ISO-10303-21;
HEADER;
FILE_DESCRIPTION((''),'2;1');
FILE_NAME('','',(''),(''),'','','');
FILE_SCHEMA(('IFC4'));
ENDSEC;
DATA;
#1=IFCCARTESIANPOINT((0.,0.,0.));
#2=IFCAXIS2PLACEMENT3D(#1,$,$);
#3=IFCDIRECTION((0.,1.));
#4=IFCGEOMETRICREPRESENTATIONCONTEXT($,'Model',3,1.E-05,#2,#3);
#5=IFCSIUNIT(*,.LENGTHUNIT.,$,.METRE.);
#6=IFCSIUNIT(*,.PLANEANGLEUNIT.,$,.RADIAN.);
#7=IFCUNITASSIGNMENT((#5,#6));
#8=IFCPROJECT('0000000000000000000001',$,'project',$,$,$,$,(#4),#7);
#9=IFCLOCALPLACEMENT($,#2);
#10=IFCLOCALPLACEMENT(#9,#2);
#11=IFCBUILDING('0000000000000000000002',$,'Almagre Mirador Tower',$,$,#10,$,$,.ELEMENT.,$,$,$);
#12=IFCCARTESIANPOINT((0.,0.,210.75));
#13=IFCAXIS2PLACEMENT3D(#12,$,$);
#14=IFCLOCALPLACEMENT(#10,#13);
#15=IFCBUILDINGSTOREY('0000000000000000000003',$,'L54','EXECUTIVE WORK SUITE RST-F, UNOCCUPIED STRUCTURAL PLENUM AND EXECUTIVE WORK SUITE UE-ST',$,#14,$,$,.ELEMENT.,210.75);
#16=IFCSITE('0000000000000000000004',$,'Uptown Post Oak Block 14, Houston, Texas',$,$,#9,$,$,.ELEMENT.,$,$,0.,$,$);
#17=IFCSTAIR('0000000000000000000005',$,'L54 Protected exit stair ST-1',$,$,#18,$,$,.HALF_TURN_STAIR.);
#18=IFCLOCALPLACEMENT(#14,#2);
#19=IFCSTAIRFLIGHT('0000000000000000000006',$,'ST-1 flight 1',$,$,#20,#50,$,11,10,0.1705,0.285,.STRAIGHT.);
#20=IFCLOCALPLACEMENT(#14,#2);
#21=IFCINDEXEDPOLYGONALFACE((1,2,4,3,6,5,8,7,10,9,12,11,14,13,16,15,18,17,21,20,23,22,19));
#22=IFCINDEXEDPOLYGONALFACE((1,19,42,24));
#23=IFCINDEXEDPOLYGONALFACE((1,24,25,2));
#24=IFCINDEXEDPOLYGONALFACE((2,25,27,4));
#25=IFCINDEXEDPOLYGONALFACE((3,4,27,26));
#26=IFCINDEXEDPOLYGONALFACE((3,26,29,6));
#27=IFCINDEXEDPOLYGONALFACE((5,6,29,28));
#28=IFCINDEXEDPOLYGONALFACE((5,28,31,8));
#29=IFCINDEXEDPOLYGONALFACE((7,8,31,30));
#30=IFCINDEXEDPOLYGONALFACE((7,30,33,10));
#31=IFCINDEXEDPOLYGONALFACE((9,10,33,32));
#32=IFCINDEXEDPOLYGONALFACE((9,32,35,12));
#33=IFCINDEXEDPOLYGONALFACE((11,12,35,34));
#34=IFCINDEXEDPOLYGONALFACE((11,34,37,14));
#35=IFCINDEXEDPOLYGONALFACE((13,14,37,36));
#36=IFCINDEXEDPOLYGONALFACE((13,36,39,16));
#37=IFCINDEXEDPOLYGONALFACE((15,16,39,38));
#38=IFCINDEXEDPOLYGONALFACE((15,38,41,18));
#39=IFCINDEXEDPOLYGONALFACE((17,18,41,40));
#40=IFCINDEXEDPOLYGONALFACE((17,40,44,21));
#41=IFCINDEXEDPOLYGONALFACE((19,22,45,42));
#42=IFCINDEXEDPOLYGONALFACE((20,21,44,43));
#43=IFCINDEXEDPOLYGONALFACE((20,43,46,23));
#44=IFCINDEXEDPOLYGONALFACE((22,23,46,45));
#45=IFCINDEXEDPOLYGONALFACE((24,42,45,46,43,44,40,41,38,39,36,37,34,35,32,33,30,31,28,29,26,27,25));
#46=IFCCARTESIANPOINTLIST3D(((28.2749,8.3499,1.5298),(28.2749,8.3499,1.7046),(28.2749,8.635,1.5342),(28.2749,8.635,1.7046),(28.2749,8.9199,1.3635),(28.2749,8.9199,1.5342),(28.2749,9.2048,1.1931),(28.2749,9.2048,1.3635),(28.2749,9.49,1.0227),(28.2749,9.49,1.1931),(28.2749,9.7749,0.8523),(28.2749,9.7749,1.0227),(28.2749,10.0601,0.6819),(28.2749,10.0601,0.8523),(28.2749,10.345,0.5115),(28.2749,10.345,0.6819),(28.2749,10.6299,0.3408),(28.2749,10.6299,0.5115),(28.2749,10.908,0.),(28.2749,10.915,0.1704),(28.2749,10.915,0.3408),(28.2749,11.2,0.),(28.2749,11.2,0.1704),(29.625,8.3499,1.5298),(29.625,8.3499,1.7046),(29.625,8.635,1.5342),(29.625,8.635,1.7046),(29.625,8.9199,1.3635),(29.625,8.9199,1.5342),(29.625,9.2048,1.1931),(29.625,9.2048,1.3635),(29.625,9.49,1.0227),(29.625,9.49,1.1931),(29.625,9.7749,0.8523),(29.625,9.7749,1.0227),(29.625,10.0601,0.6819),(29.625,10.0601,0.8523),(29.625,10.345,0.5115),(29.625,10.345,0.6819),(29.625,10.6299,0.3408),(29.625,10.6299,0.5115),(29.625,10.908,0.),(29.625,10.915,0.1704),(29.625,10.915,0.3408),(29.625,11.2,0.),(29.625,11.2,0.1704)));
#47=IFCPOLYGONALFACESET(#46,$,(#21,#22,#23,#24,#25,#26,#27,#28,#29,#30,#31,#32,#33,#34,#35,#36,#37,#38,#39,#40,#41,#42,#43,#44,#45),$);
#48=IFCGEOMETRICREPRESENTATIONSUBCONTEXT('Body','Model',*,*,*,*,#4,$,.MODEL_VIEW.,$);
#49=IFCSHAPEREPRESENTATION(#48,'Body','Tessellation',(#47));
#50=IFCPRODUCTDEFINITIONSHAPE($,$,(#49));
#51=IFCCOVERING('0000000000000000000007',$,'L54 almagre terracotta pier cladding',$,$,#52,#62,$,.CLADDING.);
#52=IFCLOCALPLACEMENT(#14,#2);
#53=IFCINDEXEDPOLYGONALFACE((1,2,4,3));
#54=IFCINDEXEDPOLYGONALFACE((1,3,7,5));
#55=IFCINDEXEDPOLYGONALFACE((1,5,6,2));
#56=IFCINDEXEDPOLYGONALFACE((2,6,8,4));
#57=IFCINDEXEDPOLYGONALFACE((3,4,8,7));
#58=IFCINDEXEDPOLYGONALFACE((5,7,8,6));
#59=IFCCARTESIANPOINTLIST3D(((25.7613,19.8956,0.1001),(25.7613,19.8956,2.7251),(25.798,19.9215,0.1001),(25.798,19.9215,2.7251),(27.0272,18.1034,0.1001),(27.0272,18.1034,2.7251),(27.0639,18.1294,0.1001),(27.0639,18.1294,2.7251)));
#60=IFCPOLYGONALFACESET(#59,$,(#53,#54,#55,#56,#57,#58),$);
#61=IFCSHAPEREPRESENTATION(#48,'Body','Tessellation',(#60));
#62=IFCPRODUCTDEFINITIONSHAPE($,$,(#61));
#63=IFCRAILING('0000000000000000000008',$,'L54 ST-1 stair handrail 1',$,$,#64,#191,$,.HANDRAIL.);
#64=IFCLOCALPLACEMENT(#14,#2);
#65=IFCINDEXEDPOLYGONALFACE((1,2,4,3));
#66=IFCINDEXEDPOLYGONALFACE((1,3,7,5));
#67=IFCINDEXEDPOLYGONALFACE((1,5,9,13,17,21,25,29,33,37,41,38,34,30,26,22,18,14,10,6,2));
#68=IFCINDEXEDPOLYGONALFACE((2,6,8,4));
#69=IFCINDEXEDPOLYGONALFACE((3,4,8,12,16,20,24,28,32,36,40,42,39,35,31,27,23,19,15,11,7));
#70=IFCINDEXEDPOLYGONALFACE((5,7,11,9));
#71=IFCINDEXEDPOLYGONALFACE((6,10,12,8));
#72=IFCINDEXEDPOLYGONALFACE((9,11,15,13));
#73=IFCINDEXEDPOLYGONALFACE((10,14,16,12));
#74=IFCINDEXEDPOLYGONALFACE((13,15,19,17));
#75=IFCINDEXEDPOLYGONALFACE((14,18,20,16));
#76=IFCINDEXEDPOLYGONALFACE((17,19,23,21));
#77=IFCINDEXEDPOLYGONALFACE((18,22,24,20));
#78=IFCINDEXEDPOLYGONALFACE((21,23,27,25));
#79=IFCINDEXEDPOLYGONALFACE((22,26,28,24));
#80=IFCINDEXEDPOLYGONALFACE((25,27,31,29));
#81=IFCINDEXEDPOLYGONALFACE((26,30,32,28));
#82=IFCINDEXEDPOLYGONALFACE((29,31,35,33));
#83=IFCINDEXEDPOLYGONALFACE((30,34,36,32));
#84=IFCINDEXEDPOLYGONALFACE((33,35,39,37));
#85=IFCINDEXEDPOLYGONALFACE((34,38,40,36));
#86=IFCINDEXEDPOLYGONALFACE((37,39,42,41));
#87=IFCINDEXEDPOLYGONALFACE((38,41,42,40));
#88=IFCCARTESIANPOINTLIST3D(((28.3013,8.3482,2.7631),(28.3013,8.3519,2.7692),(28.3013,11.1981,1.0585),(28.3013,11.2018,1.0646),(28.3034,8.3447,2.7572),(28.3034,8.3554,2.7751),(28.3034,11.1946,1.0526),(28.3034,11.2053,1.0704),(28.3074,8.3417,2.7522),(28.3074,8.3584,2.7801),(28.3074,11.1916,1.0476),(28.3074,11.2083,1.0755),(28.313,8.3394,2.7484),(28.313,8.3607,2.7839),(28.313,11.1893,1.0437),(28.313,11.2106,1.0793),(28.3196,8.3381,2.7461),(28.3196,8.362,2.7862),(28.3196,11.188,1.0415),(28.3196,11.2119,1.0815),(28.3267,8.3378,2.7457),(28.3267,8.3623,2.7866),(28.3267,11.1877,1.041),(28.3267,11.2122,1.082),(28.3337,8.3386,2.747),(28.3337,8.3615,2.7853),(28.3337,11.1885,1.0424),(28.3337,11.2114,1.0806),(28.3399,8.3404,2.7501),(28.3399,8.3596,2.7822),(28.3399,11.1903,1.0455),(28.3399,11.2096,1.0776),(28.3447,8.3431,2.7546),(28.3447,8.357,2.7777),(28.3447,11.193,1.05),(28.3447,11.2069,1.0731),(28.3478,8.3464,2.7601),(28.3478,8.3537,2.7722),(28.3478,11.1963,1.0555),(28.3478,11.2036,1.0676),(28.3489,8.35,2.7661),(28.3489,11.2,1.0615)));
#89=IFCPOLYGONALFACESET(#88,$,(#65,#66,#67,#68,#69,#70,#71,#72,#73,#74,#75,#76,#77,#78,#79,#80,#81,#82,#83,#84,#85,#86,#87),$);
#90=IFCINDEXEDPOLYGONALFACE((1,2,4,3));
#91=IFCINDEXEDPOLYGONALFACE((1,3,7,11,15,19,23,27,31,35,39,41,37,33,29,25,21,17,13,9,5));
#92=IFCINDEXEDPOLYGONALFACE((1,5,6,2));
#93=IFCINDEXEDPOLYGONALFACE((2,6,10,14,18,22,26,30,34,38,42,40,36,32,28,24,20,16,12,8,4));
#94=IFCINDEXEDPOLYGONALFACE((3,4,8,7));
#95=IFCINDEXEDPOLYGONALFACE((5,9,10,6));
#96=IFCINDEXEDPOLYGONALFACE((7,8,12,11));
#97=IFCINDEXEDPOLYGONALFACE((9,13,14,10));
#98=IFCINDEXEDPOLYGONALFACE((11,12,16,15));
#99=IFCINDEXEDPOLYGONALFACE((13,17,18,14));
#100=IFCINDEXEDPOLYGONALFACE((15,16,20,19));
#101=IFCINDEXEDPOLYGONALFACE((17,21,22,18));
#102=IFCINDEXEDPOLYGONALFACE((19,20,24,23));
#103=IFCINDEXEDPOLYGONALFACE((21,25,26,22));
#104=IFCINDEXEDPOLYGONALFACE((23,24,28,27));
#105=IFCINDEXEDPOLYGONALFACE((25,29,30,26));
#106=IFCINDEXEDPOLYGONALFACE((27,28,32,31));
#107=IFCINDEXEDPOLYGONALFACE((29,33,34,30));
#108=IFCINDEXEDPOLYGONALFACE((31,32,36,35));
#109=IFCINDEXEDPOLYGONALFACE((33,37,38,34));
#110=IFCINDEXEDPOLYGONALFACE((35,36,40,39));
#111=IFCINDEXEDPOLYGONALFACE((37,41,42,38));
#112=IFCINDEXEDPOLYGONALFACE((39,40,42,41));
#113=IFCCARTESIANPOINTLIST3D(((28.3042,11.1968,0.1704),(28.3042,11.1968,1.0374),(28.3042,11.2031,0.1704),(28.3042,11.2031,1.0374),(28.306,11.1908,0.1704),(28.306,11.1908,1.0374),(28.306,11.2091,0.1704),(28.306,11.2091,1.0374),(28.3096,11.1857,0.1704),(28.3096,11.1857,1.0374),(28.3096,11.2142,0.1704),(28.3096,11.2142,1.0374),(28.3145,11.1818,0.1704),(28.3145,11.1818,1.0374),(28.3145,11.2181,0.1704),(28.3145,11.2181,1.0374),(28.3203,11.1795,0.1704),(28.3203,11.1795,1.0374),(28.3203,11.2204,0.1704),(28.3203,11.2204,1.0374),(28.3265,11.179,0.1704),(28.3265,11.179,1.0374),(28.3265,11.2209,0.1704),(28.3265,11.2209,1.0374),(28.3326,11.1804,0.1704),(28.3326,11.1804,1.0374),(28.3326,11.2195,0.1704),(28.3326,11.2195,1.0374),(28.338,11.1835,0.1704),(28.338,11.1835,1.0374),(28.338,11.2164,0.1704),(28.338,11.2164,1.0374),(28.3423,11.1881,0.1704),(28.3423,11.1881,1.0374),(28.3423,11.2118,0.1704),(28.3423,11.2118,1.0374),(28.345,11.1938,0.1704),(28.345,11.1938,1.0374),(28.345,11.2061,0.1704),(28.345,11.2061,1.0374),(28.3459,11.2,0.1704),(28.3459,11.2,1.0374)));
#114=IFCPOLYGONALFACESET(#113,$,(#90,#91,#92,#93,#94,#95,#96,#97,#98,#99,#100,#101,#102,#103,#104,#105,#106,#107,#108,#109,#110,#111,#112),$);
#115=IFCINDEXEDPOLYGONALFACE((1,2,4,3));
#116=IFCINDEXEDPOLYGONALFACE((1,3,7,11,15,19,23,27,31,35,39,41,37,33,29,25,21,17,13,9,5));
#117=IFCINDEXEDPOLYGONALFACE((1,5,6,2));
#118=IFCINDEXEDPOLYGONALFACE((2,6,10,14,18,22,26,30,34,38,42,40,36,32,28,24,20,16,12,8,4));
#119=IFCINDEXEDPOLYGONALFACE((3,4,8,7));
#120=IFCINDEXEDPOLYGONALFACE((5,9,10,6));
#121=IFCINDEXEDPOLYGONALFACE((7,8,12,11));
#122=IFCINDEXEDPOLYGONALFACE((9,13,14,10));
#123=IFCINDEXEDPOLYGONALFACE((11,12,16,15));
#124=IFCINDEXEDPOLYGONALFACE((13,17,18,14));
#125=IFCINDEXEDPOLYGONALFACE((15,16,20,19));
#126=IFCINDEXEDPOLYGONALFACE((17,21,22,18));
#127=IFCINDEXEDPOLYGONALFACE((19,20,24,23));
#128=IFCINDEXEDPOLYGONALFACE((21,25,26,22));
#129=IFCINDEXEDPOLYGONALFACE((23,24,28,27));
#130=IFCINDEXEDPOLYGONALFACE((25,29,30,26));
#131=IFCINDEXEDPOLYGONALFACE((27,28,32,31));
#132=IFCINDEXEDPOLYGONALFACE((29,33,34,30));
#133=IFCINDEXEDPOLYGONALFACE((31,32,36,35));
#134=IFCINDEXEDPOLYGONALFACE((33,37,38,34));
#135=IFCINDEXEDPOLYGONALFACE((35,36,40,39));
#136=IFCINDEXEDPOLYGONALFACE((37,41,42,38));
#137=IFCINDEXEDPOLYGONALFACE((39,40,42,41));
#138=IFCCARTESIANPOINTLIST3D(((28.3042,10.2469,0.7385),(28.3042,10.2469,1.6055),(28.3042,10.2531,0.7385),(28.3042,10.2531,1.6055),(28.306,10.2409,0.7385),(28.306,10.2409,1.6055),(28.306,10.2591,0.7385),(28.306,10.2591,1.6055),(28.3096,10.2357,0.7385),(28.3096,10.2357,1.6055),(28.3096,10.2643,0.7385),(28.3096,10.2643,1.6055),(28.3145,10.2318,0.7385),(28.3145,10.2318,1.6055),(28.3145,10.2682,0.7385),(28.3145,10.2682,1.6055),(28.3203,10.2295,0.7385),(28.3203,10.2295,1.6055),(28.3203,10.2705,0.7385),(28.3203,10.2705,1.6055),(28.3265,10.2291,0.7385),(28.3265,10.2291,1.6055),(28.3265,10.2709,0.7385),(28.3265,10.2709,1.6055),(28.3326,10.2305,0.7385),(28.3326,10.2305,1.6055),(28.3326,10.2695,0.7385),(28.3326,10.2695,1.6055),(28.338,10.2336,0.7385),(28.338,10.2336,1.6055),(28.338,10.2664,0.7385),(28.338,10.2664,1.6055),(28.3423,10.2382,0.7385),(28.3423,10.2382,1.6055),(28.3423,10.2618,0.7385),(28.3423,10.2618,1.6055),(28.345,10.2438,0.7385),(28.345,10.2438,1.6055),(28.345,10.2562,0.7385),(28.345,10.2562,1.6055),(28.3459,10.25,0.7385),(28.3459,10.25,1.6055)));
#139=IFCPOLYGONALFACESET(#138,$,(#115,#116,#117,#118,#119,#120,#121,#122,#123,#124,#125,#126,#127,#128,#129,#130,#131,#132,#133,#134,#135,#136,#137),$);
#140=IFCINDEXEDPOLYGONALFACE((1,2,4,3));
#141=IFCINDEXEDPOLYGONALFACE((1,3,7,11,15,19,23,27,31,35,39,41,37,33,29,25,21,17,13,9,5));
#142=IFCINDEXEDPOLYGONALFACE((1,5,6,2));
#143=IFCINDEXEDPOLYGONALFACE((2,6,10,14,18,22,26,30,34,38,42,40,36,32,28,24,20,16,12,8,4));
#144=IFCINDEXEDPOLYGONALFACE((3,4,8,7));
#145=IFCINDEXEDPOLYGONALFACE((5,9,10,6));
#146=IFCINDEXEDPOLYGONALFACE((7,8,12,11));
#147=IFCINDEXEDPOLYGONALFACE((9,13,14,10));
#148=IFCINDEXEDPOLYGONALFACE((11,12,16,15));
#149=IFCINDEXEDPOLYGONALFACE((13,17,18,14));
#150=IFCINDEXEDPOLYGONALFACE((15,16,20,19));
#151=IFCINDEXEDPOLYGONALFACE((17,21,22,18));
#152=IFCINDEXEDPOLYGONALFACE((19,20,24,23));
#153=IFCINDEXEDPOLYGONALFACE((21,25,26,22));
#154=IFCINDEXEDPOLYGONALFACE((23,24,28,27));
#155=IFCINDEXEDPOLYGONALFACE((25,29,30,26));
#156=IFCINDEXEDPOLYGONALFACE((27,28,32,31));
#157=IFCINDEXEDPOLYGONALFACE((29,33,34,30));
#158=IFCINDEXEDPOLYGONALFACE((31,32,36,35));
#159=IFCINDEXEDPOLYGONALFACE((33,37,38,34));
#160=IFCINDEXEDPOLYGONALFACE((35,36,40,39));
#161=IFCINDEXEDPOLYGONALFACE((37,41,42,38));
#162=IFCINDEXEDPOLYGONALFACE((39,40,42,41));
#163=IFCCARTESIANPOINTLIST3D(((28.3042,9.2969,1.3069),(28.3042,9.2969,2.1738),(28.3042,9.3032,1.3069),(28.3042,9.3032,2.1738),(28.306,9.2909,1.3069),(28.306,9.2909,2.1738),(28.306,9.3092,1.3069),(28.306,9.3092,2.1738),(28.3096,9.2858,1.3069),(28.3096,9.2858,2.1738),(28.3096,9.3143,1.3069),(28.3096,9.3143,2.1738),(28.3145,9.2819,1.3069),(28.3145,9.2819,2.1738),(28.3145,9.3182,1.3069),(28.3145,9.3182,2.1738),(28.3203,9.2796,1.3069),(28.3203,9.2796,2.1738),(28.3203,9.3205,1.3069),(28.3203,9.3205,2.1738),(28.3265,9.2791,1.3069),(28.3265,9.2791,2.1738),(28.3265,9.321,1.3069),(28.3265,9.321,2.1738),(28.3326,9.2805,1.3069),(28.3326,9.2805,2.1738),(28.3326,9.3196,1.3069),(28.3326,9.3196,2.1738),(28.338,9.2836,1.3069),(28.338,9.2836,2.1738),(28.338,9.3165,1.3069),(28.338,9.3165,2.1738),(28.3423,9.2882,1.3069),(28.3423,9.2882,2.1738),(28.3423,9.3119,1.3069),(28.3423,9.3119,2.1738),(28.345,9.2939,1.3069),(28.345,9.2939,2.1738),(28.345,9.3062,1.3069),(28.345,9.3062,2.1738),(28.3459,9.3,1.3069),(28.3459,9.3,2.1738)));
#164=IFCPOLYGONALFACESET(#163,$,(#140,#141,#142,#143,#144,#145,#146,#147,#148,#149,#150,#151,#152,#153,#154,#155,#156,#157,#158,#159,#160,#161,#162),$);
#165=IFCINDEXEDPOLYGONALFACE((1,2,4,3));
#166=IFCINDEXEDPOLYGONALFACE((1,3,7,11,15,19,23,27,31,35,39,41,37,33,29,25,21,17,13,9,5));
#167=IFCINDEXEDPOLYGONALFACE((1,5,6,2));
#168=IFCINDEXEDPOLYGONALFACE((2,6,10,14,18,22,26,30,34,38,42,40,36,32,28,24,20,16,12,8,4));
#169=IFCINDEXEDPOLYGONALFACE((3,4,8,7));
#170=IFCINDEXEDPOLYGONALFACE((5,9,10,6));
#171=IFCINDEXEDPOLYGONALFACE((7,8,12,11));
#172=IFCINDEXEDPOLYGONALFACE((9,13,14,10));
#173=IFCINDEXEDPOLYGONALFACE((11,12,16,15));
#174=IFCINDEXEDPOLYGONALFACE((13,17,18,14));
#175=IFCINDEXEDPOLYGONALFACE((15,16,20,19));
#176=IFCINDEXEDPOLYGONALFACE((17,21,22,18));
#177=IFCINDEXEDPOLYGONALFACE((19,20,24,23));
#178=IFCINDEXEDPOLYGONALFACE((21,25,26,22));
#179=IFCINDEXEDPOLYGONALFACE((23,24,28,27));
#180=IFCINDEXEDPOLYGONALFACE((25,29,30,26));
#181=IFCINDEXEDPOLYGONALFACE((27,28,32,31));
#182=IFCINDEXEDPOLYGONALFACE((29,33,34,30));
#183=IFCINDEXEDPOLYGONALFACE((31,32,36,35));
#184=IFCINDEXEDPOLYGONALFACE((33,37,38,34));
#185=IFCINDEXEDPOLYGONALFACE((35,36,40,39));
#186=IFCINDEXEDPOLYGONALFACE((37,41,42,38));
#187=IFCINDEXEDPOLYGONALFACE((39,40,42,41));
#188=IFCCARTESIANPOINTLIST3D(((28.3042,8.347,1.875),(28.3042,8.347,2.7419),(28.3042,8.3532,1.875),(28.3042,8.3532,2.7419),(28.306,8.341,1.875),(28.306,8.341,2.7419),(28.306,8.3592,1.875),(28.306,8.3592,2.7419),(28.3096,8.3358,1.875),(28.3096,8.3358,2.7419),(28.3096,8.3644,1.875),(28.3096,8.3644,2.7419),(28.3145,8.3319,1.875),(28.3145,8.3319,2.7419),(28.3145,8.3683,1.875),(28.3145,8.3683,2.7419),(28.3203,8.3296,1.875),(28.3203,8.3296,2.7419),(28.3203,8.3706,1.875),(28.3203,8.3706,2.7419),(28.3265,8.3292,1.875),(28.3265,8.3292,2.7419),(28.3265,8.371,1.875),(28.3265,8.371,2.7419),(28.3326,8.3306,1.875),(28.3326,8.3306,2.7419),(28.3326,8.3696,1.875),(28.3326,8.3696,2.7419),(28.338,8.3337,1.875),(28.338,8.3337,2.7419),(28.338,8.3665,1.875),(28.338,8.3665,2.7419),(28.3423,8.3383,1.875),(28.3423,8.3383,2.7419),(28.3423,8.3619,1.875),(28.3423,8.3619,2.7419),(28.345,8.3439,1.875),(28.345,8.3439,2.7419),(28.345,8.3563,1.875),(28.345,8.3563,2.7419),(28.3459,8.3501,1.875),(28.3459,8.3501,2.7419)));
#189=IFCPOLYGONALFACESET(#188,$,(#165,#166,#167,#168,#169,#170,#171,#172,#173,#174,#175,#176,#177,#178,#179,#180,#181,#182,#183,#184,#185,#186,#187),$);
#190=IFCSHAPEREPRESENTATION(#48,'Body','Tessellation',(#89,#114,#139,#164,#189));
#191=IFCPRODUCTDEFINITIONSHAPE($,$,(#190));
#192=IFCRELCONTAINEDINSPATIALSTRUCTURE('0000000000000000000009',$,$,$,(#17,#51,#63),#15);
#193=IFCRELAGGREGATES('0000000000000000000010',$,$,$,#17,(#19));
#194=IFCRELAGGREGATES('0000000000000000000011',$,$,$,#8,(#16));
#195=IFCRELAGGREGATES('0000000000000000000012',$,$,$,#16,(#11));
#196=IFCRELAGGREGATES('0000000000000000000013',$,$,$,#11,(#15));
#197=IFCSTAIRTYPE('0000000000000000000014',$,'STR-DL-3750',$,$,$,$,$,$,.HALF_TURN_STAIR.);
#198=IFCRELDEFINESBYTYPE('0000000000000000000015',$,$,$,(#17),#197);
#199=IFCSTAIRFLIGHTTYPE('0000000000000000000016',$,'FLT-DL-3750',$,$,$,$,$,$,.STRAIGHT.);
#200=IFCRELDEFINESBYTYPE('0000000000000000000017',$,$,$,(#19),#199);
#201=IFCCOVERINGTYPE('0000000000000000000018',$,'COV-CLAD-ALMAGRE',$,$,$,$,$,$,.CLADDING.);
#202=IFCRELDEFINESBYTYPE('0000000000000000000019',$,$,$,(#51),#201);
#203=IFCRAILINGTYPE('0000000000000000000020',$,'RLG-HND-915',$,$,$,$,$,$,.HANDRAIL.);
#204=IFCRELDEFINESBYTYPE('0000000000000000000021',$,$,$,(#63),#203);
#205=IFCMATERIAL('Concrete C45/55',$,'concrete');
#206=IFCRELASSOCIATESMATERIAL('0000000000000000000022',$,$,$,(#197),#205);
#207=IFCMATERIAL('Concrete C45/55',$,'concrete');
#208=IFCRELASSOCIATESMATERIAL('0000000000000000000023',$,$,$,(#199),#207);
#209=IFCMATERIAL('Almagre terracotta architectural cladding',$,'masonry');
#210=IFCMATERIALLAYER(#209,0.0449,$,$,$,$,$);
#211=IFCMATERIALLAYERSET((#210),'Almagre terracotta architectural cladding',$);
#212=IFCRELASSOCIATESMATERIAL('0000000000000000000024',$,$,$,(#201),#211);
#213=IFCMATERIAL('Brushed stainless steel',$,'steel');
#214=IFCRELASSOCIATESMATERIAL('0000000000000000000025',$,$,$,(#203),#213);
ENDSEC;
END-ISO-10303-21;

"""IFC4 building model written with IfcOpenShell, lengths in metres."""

from ifc_helpers import new_model, si_unit, direction, frame, origin, origin_2d, place, context, subcontext, project, spatial, polyline, rectangle, circle, outline, extrude, material, layer, layer_set, type_object, element, aggregate, save


model = new_model("IFC4")

# Units and contexts
model_context = context("Model", 3, precision=1e-05, world=origin(), true_north=direction((0.0, 1.0)))
body_context = subcontext(model_context, "Body", "Model", "MODEL_VIEW")
ifc_project = project(units=[si_unit("LENGTHUNIT", "METRE"), si_unit("PLANEANGLEUNIT", "RADIAN")], contexts=[model_context])

# Site, building, storey
site_placement = place(None, origin())
site = spatial("IfcSite", under=ifc_project, at=site_placement, Name="Uptown Post Oak Block 14, Houston, Texas", CompositionType="ELEMENT", RefElevation=0.0)
building_placement = place(site_placement, origin())
building = spatial("IfcBuilding", under=site, at=building_placement, Name="Almagre Mirador Tower", CompositionType="ELEMENT")
storey_placement = place(building_placement, frame((0.0, 0.0, 210.75)))
storey = spatial("IfcBuildingStorey", under=building, at=storey_placement, Name="L54", Description="EXECUTIVE WORK SUITE RST-F, UNOCCUPIED STRUCTURAL PLENUM AND EXECUTIVE WORK SUITE UE-ST", CompositionType="ELEMENT", Elevation=210.75)

# Stair, stair flight
ifc_material_1 = material(Name="Concrete C45/55", Category="concrete")
stair_type = type_object("IfcStairType", Name="STR-DL-3750", PredefinedType="HALF_TURN_STAIR", material=ifc_material_1)
stair_placement = place(storey_placement, origin())
stair = element("IfcStair", 1, at=stair_placement, inside=storey, type_object=stair_type, Name="L54 Protected exit stair ST-1", PredefinedType="HALF_TURN_STAIR")
ifc_material_2 = material(Name="Concrete C45/55", Category="concrete")
stair_flight_type = type_object("IfcStairFlightType", Name="FLT-DL-3750", PredefinedType="STRAIGHT", material=ifc_material_2)
stair_flight_placement = place(storey_placement, frame((28.95, 11.2, 0.0), z_axis=(0.0, 0.0, 1.0), x_axis=(0.0, -1.0, 0.0)))
stair_flight = element("IfcStairFlight", 2, at=stair_flight_placement, type_object=stair_flight_type, Name="ST-1 flight 1", NumberOfRisers=11, NumberOfTreads=10, PredefinedType="STRAIGHT", RiserHeight=0.1705, TreadLength=0.285, context=body_context, shape_type="SweptSolid", body=[
    extrude(outline(polyline([(0.0, 0.0), (0.0, 0.1704), (0.2849, 0.1704), (0.2849, 0.3408), (0.5701, 0.3408), (0.5701, 0.5115), (0.855, 0.5115), (0.855, 0.6819), (1.1399, 0.6819), (1.1399, 0.8523), (1.425, 0.8523), (1.425, 1.0227), (1.71, 1.0227), (1.71, 1.1931), (1.9951, 1.1931), (1.9951, 1.3635), (2.28, 1.3635), (2.28, 1.5342), (2.5649, 1.5342), (2.5649, 1.7046), (2.8501, 1.7046), (2.8501, 1.875), (2.8501, 1.5298), (0.292, 0.0), (0.0, 0.0)])), frame((0.0, 0.675, 0.0), z_axis=(0.0, -1.0, 0.0), x_axis=(1.0, 0.0, 0.0)), (0.0, 0.0, 1.0), 1.3501),
])
aggregate(stair, [stair_flight])

# Covering
ifc_material_3 = material(Name="Almagre terracotta architectural cladding", Category="masonry")
ifc_layer_1 = layer(ifc_material_3, 0.0449)
ifc_layer_set_1 = layer_set([ifc_layer_1], Name="Almagre terracotta architectural cladding")
covering_type = type_object("IfcCoveringType", Name="COV-CLAD-ALMAGRE", PredefinedType="CLADDING", material=ifc_layer_set_1)
covering_placement = place(storey_placement, frame((26.4126, 19.0125, 0.1001), z_axis=(0.0, 0.0, 1.0), x_axis=(-0.576931, 0.816793, 0.0)))
element("IfcCovering", 3, at=covering_placement, inside=storey, type_object=covering_type, Name="L54 almagre terracotta pier cladding", PredefinedType="CLADDING", context=body_context, shape_type="SweptSolid", body=[
    extrude(rectangle(XDim=2.1941, YDim=0.0449, at=origin_2d()), origin(), (0.0, 0.0, 1.0), 2.625),
])

# Railing
ifc_material_4 = material(Name="Brushed stainless steel", Category="steel")
railing_type = type_object("IfcRailingType", Name="RLG-HND-915", PredefinedType="HANDRAIL", material=ifc_material_4)
railing_placement = place(storey_placement, frame((28.325, 11.2, 0.1704)))
element("IfcRailing", 4, at=railing_placement, inside=storey, type_object=railing_type, Name="L54 ST-1 stair handrail 1", PredefinedType="HANDRAIL", context=body_context, shape_type="SweptSolid", body=[
    extrude(circle(Radius=0.0239, at=origin_2d()), frame((0.0, 0.0, 0.8911), z_axis=(0.0, -0.858199, 0.513317), x_axis=(1.0, 0.0, 0.0)), (0.0, 0.0, 1.0), 3.3208),
    extrude(circle(Radius=0.021, at=origin_2d()), origin(), (0.0, 0.0, 1.0), 0.8669),
    extrude(circle(Radius=0.021, at=origin_2d()), frame((0.0, -0.95, 0.5681)), (0.0, 0.0, 1.0), 0.8669),
    extrude(circle(Radius=0.021, at=origin_2d()), frame((0.0, -1.8999, 1.1365)), (0.0, 0.0, 1.0), 0.8669),
    extrude(circle(Radius=0.021, at=origin_2d()), frame((0.0, -2.8499, 1.7046)), (0.0, 0.0, 1.0), 0.8669),
])

save(model, "model.ifc")
